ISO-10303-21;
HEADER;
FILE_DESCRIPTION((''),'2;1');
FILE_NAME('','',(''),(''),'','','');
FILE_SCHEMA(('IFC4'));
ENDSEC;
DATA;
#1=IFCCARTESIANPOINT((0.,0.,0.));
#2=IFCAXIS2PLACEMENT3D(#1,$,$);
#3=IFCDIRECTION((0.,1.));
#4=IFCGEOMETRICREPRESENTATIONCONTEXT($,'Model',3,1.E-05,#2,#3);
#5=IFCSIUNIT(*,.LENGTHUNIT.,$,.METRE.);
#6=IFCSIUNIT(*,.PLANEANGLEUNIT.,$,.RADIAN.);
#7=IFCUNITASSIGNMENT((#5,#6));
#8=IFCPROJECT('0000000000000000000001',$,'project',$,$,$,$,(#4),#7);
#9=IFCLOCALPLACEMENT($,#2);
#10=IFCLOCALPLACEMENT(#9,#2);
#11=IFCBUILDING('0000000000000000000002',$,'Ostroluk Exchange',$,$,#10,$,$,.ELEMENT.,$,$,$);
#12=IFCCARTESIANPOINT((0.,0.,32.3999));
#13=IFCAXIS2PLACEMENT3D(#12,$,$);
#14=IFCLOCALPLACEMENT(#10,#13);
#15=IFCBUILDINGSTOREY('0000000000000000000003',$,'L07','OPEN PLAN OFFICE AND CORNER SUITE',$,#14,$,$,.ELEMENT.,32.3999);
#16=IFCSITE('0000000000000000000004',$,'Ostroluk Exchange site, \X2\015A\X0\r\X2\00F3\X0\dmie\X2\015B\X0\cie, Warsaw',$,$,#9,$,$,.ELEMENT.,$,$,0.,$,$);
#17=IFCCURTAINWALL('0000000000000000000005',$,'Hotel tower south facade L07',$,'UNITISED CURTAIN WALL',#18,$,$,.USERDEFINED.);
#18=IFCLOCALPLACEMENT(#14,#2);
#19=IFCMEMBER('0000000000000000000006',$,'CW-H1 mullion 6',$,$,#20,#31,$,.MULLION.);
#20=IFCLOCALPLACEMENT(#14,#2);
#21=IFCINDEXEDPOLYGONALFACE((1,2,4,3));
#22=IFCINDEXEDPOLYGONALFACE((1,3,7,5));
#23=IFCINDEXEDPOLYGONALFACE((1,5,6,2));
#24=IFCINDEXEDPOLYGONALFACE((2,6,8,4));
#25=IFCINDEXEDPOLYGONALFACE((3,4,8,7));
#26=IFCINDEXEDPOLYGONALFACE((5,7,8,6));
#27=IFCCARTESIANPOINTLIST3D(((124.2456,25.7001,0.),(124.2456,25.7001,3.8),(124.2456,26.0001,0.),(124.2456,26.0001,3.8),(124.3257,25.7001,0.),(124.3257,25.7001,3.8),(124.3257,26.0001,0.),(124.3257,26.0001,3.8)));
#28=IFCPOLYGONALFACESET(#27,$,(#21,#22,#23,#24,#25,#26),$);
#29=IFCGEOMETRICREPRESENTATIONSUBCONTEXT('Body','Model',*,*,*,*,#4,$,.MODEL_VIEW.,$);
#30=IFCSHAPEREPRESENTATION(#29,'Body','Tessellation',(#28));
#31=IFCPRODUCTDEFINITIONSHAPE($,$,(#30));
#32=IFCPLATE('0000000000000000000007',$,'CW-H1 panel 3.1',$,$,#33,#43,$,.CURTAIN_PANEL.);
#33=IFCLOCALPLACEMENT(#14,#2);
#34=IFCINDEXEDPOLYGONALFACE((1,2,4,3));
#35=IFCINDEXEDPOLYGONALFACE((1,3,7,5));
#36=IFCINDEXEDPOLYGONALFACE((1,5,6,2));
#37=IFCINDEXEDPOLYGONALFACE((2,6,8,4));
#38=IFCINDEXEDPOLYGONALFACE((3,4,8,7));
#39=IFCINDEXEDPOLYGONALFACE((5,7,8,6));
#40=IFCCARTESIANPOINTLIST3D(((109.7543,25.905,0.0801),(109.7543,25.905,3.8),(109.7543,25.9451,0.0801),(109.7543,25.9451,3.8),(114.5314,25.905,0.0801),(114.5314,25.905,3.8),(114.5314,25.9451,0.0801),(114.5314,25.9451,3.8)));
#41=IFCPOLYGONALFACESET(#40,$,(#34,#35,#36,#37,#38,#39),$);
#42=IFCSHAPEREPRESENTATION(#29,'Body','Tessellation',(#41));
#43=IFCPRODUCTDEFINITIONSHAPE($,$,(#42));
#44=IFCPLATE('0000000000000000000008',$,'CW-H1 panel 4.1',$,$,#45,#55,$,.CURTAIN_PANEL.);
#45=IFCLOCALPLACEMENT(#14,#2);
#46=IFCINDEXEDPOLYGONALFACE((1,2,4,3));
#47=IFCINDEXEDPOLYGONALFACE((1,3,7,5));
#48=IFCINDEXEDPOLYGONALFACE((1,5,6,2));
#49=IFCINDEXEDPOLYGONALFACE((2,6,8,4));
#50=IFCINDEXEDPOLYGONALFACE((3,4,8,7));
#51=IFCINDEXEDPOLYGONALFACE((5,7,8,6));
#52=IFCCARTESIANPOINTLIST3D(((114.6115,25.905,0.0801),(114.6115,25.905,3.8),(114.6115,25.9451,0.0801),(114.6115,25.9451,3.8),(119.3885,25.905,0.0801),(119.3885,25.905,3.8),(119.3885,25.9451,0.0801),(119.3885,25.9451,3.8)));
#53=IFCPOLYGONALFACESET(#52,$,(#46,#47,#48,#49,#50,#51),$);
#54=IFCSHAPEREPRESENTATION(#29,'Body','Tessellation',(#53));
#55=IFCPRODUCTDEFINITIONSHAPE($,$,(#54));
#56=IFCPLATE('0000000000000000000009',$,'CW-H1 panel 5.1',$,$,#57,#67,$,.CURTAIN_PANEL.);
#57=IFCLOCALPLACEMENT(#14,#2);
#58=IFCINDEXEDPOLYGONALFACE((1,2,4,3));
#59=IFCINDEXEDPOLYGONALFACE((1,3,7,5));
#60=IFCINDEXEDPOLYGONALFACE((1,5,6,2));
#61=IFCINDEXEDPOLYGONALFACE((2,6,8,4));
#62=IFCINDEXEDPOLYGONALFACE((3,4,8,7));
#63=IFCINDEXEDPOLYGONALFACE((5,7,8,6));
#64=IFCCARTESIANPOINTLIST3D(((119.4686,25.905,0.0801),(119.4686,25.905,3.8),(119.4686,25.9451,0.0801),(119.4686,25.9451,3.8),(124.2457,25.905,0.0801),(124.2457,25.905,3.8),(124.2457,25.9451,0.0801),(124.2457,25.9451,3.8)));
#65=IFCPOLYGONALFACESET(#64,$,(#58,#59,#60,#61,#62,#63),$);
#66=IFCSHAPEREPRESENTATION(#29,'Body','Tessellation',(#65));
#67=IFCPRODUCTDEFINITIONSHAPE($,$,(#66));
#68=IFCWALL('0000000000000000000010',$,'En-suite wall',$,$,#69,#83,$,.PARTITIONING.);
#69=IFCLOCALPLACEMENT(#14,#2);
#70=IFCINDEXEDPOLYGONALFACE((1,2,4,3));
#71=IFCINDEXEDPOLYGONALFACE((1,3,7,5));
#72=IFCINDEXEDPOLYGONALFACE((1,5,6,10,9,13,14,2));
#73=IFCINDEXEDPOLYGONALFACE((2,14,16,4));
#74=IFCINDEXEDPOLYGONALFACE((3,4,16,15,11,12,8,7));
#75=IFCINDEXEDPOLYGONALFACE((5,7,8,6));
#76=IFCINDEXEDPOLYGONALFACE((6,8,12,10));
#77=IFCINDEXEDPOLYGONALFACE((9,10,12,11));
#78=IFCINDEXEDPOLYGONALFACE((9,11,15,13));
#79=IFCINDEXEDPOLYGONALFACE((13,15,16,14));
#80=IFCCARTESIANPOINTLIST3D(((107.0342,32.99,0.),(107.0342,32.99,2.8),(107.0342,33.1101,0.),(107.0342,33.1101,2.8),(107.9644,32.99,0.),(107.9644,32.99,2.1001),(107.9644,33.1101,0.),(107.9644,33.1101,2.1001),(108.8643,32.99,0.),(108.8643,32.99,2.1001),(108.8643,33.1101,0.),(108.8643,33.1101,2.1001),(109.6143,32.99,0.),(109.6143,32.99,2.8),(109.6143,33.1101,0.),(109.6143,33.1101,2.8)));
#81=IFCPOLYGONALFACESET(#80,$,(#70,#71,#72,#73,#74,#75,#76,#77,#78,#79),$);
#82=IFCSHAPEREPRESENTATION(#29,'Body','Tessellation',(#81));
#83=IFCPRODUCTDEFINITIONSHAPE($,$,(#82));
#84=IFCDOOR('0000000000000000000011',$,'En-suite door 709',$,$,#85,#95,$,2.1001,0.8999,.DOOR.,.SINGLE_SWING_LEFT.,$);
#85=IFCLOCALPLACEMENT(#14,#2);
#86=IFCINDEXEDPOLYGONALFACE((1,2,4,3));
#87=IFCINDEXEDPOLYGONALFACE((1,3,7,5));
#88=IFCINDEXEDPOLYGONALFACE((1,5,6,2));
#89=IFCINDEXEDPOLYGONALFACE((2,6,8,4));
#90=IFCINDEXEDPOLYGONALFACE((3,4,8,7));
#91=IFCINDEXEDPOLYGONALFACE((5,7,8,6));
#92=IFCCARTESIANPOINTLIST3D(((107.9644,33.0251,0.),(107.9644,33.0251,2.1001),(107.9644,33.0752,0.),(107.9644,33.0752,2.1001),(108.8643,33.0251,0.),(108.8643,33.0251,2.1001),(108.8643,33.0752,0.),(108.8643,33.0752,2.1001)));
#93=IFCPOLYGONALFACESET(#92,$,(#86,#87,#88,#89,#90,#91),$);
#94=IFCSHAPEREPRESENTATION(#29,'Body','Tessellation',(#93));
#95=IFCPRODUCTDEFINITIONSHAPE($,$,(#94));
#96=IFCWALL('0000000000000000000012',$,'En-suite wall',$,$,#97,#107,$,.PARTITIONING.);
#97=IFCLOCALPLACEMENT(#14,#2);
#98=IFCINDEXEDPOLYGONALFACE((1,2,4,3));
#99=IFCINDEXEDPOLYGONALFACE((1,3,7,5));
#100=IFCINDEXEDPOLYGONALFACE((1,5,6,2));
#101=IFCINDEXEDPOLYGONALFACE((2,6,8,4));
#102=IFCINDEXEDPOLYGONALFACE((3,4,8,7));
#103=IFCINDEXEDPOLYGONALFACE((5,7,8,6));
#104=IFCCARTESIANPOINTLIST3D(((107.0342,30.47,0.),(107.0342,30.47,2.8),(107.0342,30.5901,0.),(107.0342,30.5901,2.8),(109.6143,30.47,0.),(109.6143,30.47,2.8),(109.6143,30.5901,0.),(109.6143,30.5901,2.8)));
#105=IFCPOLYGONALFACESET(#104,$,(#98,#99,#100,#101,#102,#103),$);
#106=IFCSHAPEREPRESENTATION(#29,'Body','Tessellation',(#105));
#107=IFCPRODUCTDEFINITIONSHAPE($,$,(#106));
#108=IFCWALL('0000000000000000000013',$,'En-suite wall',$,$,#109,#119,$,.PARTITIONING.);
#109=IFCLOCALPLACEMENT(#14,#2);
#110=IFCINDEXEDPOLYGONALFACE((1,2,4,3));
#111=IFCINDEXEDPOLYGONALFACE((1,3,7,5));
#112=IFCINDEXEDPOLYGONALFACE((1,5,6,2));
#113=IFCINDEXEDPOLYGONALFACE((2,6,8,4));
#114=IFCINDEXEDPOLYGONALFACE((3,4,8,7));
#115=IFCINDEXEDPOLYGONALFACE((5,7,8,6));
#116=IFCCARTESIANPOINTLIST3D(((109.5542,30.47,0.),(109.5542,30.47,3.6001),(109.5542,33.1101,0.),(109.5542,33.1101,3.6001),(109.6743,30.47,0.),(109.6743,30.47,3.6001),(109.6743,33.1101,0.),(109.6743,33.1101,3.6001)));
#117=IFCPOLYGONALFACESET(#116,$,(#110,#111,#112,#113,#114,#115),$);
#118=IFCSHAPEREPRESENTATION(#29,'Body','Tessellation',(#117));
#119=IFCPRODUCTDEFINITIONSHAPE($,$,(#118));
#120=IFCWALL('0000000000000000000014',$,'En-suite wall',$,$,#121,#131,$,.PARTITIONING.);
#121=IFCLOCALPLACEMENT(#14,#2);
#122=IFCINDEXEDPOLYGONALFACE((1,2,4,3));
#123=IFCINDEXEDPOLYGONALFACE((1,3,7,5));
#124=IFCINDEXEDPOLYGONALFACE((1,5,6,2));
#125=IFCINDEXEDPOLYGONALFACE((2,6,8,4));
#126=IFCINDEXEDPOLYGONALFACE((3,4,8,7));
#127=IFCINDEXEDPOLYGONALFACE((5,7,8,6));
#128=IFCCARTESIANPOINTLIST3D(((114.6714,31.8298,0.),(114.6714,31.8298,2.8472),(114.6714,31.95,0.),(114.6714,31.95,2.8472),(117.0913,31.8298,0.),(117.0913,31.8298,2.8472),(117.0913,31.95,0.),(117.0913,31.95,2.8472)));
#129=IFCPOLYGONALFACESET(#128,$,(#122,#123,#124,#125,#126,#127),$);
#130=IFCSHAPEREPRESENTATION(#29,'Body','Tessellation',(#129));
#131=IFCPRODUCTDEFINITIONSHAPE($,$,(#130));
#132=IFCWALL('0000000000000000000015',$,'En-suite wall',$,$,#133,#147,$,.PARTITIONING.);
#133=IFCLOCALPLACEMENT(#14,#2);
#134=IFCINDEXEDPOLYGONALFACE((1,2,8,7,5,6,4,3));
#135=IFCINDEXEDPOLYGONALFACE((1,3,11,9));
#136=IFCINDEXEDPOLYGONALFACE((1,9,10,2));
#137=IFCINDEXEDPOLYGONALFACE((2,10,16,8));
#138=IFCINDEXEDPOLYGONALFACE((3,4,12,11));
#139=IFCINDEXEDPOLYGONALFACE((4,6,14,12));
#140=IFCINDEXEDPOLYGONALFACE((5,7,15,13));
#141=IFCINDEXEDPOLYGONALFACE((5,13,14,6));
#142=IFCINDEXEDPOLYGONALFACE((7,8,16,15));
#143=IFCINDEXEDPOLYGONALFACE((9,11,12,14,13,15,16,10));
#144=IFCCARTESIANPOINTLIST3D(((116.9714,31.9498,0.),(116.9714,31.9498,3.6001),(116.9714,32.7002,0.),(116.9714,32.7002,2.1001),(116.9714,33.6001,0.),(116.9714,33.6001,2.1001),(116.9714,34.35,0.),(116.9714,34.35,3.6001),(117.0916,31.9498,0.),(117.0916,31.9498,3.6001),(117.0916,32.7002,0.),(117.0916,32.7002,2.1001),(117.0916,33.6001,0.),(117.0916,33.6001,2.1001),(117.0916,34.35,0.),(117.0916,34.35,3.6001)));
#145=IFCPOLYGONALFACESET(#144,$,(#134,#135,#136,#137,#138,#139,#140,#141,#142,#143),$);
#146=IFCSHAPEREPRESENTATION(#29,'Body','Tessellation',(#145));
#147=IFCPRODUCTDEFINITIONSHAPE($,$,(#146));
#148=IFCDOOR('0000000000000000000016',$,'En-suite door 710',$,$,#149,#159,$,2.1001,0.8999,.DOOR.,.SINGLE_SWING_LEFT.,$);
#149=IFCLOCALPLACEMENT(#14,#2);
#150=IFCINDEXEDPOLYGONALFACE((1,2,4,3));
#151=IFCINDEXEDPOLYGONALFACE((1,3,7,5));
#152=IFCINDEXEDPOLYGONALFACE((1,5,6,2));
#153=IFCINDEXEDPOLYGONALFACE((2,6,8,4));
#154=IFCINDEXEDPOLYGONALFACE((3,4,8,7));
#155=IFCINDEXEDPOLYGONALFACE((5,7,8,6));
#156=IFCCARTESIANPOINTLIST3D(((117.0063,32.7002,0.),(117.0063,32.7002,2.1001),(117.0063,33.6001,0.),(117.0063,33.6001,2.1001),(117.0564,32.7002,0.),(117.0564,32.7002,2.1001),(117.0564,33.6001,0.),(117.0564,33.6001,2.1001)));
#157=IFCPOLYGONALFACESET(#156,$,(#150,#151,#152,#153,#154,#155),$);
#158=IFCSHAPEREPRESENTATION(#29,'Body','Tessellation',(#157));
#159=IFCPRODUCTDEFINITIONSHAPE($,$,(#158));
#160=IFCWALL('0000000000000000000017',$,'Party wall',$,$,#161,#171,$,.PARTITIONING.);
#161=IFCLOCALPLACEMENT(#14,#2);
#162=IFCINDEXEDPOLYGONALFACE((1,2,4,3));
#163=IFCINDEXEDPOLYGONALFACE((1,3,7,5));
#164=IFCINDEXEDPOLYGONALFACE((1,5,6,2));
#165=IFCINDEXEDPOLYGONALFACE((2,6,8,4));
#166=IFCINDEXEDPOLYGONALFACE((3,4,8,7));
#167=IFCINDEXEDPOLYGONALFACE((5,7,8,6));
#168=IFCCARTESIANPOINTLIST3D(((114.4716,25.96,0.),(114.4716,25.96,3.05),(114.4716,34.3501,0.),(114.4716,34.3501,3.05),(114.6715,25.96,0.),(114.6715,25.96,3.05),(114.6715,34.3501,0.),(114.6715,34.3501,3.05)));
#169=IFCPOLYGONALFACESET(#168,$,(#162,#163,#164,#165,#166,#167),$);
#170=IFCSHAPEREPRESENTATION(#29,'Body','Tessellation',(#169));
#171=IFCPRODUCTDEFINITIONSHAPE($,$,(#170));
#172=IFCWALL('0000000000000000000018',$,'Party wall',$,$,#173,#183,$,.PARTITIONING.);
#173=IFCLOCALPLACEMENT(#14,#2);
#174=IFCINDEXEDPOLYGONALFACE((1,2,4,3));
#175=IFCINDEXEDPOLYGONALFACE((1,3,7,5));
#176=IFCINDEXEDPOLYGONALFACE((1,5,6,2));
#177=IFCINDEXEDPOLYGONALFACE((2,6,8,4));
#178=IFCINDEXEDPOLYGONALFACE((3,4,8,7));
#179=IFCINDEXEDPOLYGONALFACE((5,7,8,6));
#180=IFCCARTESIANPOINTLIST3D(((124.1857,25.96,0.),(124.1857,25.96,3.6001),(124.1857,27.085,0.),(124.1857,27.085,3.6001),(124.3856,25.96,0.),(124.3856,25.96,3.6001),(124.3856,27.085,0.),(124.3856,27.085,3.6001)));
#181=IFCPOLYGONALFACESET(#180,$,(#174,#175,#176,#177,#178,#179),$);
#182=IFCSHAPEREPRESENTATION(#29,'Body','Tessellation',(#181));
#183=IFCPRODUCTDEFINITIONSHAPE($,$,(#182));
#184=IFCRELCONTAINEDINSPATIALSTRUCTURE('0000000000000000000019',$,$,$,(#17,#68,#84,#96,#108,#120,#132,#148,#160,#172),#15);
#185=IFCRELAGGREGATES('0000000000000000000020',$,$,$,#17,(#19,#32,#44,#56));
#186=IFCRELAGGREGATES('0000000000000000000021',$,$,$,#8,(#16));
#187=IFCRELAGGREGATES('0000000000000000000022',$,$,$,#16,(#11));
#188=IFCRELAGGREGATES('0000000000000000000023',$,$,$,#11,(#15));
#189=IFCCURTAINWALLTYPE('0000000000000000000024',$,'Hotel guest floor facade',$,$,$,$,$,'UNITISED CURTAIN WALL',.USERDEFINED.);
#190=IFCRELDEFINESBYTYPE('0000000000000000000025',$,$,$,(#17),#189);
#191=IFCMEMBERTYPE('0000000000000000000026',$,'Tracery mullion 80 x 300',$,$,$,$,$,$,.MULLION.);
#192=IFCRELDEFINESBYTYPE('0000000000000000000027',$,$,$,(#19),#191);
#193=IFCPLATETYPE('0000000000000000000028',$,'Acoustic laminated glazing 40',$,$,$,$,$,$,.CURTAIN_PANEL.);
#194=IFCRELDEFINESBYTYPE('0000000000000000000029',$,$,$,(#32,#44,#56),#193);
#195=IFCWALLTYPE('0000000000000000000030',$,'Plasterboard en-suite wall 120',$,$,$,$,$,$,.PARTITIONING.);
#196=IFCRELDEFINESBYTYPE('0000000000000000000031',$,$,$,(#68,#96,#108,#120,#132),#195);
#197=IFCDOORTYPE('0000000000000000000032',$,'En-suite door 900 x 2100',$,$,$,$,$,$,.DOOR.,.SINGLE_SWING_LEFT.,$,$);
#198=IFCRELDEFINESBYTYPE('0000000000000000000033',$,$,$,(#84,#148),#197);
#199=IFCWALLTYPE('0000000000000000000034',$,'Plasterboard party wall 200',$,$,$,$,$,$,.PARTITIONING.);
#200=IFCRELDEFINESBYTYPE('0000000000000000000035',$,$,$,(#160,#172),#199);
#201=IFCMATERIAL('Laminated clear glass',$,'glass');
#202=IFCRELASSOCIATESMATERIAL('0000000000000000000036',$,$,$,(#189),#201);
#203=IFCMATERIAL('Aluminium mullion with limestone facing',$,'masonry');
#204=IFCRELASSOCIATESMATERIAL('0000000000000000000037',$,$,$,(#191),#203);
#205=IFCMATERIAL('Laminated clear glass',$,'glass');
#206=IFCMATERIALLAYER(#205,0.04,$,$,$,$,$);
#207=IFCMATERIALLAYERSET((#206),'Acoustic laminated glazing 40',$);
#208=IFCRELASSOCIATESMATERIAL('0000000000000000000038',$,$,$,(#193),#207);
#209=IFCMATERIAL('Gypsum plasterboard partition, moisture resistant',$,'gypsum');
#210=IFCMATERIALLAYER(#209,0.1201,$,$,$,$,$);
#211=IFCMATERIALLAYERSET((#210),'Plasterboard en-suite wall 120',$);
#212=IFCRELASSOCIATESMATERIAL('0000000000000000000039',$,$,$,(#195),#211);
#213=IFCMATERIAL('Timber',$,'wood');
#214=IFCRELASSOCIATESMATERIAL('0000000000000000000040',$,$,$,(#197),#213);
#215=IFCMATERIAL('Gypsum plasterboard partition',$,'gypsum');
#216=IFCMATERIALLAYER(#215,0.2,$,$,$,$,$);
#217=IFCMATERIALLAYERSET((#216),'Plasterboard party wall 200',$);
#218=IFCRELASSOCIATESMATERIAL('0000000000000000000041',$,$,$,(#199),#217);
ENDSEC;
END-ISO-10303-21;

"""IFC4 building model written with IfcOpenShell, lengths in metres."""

from ifc_helpers import new_model, si_unit, direction, frame, frame_2d, origin, origin_2d, place, context, subcontext, project, spatial, rectangle, extrude, material, layer, layer_set, material_profile, profile_set, type_object, element, fill, aggregate, save


model = new_model("IFC4")

# Units and contexts
model_context = context("Model", 3, precision=1e-05, world=origin(), true_north=direction((0.0, 1.0)))
body_context = subcontext(model_context, "Body", "Model", "MODEL_VIEW")
ifc_project = project(units=[si_unit("LENGTHUNIT", "METRE"), si_unit("PLANEANGLEUNIT", "RADIAN")], contexts=[model_context])

# Site, building, storey
site_placement = place(None, origin())
site = spatial("IfcSite", under=ifc_project, at=site_placement, Name="Ostroluk Exchange site, Śródmieście, Warsaw", CompositionType="ELEMENT", RefElevation=0.0)
building_placement = place(site_placement, origin())
building = spatial("IfcBuilding", under=site, at=building_placement, Name="Ostroluk Exchange", CompositionType="ELEMENT")
storey_placement = place(building_placement, frame((0.0, 0.0, 32.3999)))
storey = spatial("IfcBuildingStorey", under=building, at=storey_placement, Name="L07", Description="OPEN PLAN OFFICE AND CORNER SUITE", CompositionType="ELEMENT", Elevation=32.3999)

# Curtain wall, member, plates
ifc_material_1 = material(Name="Laminated clear glass", Category="glass")
curtain_wall_type = type_object("IfcCurtainWallType", Name="Hotel guest floor facade", ElementType="UNITISED CURTAIN WALL", PredefinedType="USERDEFINED", material=ifc_material_1)
curtain_wall_placement = place(storey_placement, origin())
curtain_wall = element("IfcCurtainWall", 1, at=curtain_wall_placement, inside=storey, type_object=curtain_wall_type, Name="Hotel tower south facade L07", ObjectType="UNITISED CURTAIN WALL", PredefinedType="USERDEFINED")
ifc_material_2 = material(Name="Aluminium mullion with limestone facing", Category="masonry")
ifc_material_profile_1 = material_profile(ifc_material_2, rectangle(XDim=0.3, YDim=0.0801, at=origin_2d()), Name="Tracery mullion 80 x 300")
ifc_profile_set_1 = profile_set([ifc_material_profile_1], Name="Aluminium mullion with limestone facing")
member_type_1 = type_object("IfcMemberType", Name="Tracery mullion 80 x 300", PredefinedType="MULLION", material=ifc_profile_set_1)
member_1_placement = place(storey_placement, frame((124.2856, 25.8501, 0.0), z_axis=(0.0, 0.0, 1.0), x_axis=(0.0, 1.0, 0.0)))
member_1 = element("IfcMember", 2, at=member_1_placement, type_object=member_type_1, Name="CW-H1 mullion 6", PredefinedType="MULLION", context=body_context, shape_type="SweptSolid", body=[
    extrude(rectangle(XDim=0.3, YDim=0.0801, at=origin_2d()), origin(), (0.0, 0.0, 1.0), 3.8),
])
ifc_material_3 = material(Name="Laminated clear glass", Category="glass")
ifc_layer_1 = layer(ifc_material_3, 0.04)
ifc_layer_set_1 = layer_set([ifc_layer_1], Name="Acoustic laminated glazing 40")
plate_type = type_object("IfcPlateType", Name="Acoustic laminated glazing 40", PredefinedType="CURTAIN_PANEL", material=ifc_layer_set_1)
plate_1_placement = place(storey_placement, frame((112.1428, 25.925, 0.0801), z_axis=(0.0, 0.0, 1.0), x_axis=(1.0, 0.0, 0.0)))
plate_1 = element("IfcPlate", 3, at=plate_1_placement, type_object=plate_type, Name="CW-H1 panel 3.1", PredefinedType="CURTAIN_PANEL", context=body_context, shape_type="SweptSolid", body=[
    extrude(rectangle(XDim=4.7771, YDim=0.04, at=origin_2d()), origin(), (0.0, 0.0, 1.0), 3.72),
])
plate_2_placement = place(storey_placement, frame((117.0, 25.925, 0.0801), z_axis=(0.0, 0.0, 1.0), x_axis=(1.0, 0.0, 0.0)))
plate_2 = element("IfcPlate", 4, at=plate_2_placement, type_object=plate_type, Name="CW-H1 panel 4.1", PredefinedType="CURTAIN_PANEL", context=body_context, shape_type="SweptSolid", body=[
    extrude(rectangle(XDim=4.7771, YDim=0.04, at=origin_2d()), origin(), (0.0, 0.0, 1.0), 3.72),
])
plate_3_placement = place(storey_placement, frame((121.8572, 25.925, 0.0801), z_axis=(0.0, 0.0, 1.0), x_axis=(1.0, 0.0, 0.0)))
plate_3 = element("IfcPlate", 5, at=plate_3_placement, type_object=plate_type, Name="CW-H1 panel 5.1", PredefinedType="CURTAIN_PANEL", context=body_context, shape_type="SweptSolid", body=[
    extrude(rectangle(XDim=4.7771, YDim=0.04, at=origin_2d()), origin(), (0.0, 0.0, 1.0), 3.72),
])
aggregate(curtain_wall, [member_1, plate_1, plate_2, plate_3])

# Wall, opening, door
ifc_material_4 = material(Name="Gypsum plasterboard partition, moisture resistant", Category="gypsum")
ifc_layer_2 = layer(ifc_material_4, 0.1201)
ifc_layer_set_2 = layer_set([ifc_layer_2], Name="Plasterboard en-suite wall 120")
wall_type_1 = type_object("IfcWallType", Name="Plasterboard en-suite wall 120", PredefinedType="PARTITIONING", material=ifc_layer_set_2)
wall_1_placement = place(storey_placement, frame((109.6143, 33.05, 0.0), z_axis=(0.0, 0.0, 1.0), x_axis=(-1.0, 0.0, 0.0)))
wall_1 = element("IfcWall", 6, at=wall_1_placement, inside=storey, type_object=wall_type_1, Name="En-suite wall", PredefinedType="PARTITIONING", context=body_context, shape_type="SweptSolid", body=[
    extrude(rectangle(XDim=2.5801, YDim=0.1201, at=frame_2d((1.29, 0.0))), origin(), (0.0, 0.0, 1.0), 2.8),
])
opening_1_placement = place(wall_1_placement, frame((0.75, 0.0, 0.0)))
opening_1 = element("IfcOpeningElement", 7, at=opening_1_placement, cuts=wall_1, PredefinedType="OPENING", context=body_context, shape_type="SweptSolid", body=[
    extrude(rectangle(XDim=0.8999, YDim=2.1001, at=frame_2d((0.45, 1.05))), frame((0.0, 0.0701, 0.0), z_axis=(0.0, -1.0, 0.0), x_axis=(1.0, 0.0, 0.0)), (0.0, 0.0, 1.0), 0.1401),
])
ifc_material_5 = material(Name="Timber", Category="wood")
door_type = type_object("IfcDoorType", Name="En-suite door 900 x 2100", OperationType="SINGLE_SWING_LEFT", PredefinedType="DOOR", material=ifc_material_5)
door_1_placement = place(opening_1_placement, origin())
door_1 = element("IfcDoor", 8, at=door_1_placement, inside=storey, type_object=door_type, Name="En-suite door 709", OperationType="SINGLE_SWING_LEFT", OverallHeight=2.1001, OverallWidth=0.8999, PredefinedType="DOOR", context=body_context, shape_type="SweptSolid", body=[
    extrude(rectangle(XDim=0.8999, YDim=2.1001, at=frame_2d((0.45, 1.05))), frame((0.0, 0.0249, 0.0), z_axis=(0.0, -1.0, 0.0), x_axis=(1.0, 0.0, 0.0)), (0.0, 0.0, 1.0), 0.05),
])
fill(opening_1, door_1)

# Walls
wall_2_placement = place(storey_placement, frame((109.6143, 30.53, 0.0), z_axis=(0.0, 0.0, 1.0), x_axis=(-1.0, 0.0, 0.0)))
element("IfcWall", 9, at=wall_2_placement, inside=storey, type_object=wall_type_1, Name="En-suite wall", PredefinedType="PARTITIONING", context=body_context, shape_type="SweptSolid", body=[
    extrude(rectangle(XDim=2.5801, YDim=0.1201, at=frame_2d((1.29, 0.0))), origin(), (0.0, 0.0, 1.0), 2.8),
])
wall_3_placement = place(storey_placement, frame((109.6143, 33.1101, 0.0), z_axis=(0.0, 0.0, 1.0), x_axis=(0.0, -1.0, 0.0)))
element("IfcWall", 10, at=wall_3_placement, inside=storey, type_object=wall_type_1, Name="En-suite wall", PredefinedType="PARTITIONING", context=body_context, shape_type="SweptSolid", body=[
    extrude(rectangle(XDim=2.6401, YDim=0.1201, at=frame_2d((1.3201, 0.0))), origin(), (0.0, 0.0, 1.0), 3.6001),
])
wall_4_placement = place(storey_placement, frame((114.6714, 31.8899, 0.0), z_axis=(0.0, 0.0, 1.0), x_axis=(1.0, 0.0, 0.0)))
element("IfcWall", 11, at=wall_4_placement, inside=storey, type_object=wall_type_1, Name="En-suite wall", PredefinedType="PARTITIONING", context=body_context, shape_type="SweptSolid", body=[
    extrude(rectangle(XDim=2.4199, YDim=0.1201, at=frame_2d((1.21, 0.0))), origin(), (0.0, 0.0, 1.0), 2.8472),
])

# Wall, opening, door
wall_5_placement = place(storey_placement, frame((117.0315, 34.3501, 0.0), z_axis=(0.0, 0.0, 1.0), x_axis=(0.0, -1.0, 0.0)))
wall_5 = element("IfcWall", 12, at=wall_5_placement, inside=storey, type_object=wall_type_1, Name="En-suite wall", PredefinedType="PARTITIONING", context=body_context, shape_type="SweptSolid", body=[
    extrude(rectangle(XDim=2.4001, YDim=0.1201, at=frame_2d((1.2002, 0.0))), origin(), (0.0, 0.0, 1.0), 3.6001),
])
opening_2_placement = place(wall_5_placement, frame((0.75, 0.0, 0.0)))
opening_2 = element("IfcOpeningElement", 13, at=opening_2_placement, cuts=wall_5, PredefinedType="OPENING", context=body_context, shape_type="SweptSolid", body=[
    extrude(rectangle(XDim=0.8999, YDim=2.1001, at=frame_2d((0.45, 1.05))), frame((0.0, 0.0701, 0.0), z_axis=(0.0, -1.0, 0.0), x_axis=(1.0, 0.0, 0.0)), (0.0, 0.0, 1.0), 0.1401),
])
door_2_placement = place(opening_2_placement, origin())
door_2 = element("IfcDoor", 14, at=door_2_placement, inside=storey, type_object=door_type, Name="En-suite door 710", OperationType="SINGLE_SWING_LEFT", OverallHeight=2.1001, OverallWidth=0.8999, PredefinedType="DOOR", context=body_context, shape_type="SweptSolid", body=[
    extrude(rectangle(XDim=0.8999, YDim=2.1001, at=frame_2d((0.45, 1.05))), frame((0.0, 0.0249, 0.0), z_axis=(0.0, -1.0, 0.0), x_axis=(1.0, 0.0, 0.0)), (0.0, 0.0, 1.0), 0.05),
])
fill(opening_2, door_2)

# Walls
ifc_material_6 = material(Name="Gypsum plasterboard partition", Category="gypsum")
ifc_layer_3 = layer(ifc_material_6, 0.2)
ifc_layer_set_3 = layer_set([ifc_layer_3], Name="Plasterboard party wall 200")
wall_type_2 = type_object("IfcWallType", Name="Plasterboard party wall 200", PredefinedType="PARTITIONING", material=ifc_layer_set_3)
wall_6_placement = place(storey_placement, frame((114.5715, 34.3501, 0.0), z_axis=(0.0, 0.0, 1.0), x_axis=(0.0, -1.0, 0.0)))
element("IfcWall", 15, at=wall_6_placement, inside=storey, type_object=wall_type_2, Name="Party wall", PredefinedType="PARTITIONING", context=body_context, shape_type="SweptSolid", body=[
    extrude(rectangle(XDim=8.3901, YDim=0.2, at=frame_2d((4.1951, 0.0))), origin(), (0.0, 0.0, 1.0), 3.05),
])
wall_7_placement = place(storey_placement, frame((124.2856, 27.085, 0.0), z_axis=(0.0, 0.0, 1.0), x_axis=(0.0, -1.0, 0.0)))
element("IfcWall", 16, at=wall_7_placement, inside=storey, type_object=wall_type_2, Name="Party wall", PredefinedType="PARTITIONING", context=body_context, shape_type="SweptSolid", body=[
    extrude(rectangle(XDim=1.125, YDim=0.2, at=frame_2d((0.5625, 0.0))), origin(), (0.0, 0.0, 1.0), 3.6001),
])

save(model, "model.ifc")
